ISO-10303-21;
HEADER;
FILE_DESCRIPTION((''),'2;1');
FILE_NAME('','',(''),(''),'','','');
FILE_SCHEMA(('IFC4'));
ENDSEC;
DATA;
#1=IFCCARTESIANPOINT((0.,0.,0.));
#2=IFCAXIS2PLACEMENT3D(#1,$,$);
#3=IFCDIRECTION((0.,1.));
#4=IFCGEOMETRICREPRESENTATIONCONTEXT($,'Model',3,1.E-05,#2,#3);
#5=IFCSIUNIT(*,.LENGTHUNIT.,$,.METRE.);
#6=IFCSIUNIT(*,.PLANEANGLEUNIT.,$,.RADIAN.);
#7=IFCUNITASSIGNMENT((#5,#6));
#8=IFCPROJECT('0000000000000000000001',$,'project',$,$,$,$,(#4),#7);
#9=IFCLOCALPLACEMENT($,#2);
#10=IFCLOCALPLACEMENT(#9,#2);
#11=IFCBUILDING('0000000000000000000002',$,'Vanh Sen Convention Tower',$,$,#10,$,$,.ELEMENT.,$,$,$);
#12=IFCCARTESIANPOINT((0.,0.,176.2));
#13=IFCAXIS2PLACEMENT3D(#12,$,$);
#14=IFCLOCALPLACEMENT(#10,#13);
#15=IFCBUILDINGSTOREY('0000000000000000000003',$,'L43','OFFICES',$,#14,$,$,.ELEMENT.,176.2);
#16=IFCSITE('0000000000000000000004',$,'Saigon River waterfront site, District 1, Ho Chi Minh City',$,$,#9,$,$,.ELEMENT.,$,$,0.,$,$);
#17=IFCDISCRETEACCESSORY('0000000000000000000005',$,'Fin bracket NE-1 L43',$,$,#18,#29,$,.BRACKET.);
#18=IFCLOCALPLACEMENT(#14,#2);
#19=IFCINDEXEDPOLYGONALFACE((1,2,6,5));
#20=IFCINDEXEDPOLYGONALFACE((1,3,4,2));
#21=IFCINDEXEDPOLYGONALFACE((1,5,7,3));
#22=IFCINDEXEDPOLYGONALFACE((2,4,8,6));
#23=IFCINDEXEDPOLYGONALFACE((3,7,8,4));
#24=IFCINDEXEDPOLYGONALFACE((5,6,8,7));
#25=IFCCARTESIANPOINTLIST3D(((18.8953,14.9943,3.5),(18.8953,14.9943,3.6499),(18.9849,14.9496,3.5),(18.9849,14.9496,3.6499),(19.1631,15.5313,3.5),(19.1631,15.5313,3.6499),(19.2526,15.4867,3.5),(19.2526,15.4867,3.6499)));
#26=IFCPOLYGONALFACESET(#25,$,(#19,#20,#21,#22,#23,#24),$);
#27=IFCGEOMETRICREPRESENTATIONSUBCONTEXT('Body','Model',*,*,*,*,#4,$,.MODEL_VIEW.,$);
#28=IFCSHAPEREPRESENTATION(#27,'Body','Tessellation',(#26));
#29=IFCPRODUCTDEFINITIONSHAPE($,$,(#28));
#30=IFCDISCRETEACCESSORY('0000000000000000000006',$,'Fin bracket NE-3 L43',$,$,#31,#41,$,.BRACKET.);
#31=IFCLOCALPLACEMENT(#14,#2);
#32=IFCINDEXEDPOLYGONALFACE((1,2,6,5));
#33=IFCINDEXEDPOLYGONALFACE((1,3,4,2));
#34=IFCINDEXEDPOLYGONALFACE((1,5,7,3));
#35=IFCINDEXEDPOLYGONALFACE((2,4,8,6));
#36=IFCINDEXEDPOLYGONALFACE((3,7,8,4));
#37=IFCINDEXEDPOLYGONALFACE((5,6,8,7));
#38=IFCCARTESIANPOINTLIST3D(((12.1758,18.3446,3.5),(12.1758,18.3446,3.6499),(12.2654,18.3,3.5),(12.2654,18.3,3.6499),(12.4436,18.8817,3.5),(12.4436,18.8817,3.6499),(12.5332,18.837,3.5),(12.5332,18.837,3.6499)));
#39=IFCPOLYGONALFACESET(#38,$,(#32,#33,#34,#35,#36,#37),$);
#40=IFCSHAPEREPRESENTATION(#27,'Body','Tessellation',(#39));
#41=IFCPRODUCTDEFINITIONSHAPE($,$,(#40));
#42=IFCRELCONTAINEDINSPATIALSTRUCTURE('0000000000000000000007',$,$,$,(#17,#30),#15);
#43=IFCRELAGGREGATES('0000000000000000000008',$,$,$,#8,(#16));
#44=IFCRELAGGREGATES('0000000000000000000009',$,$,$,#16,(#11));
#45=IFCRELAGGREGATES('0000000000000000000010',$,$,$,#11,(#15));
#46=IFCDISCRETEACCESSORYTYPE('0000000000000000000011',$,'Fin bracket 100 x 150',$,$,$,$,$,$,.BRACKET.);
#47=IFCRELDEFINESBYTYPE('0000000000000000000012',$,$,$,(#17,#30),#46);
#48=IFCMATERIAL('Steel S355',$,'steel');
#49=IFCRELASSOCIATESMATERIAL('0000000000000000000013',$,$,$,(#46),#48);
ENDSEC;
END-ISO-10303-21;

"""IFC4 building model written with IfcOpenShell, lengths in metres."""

from ifc_helpers import new_model, si_unit, direction, frame, origin, origin_2d, place, context, subcontext, project, spatial, rectangle, extrude, material, type_object, element, save


model = new_model("IFC4")

# Units and contexts
model_context = context("Model", 3, precision=1e-05, world=origin(), true_north=direction((0.0, 1.0)))
body_context = subcontext(model_context, "Body", "Model", "MODEL_VIEW")
ifc_project = project(units=[si_unit("LENGTHUNIT", "METRE"), si_unit("PLANEANGLEUNIT", "RADIAN")], contexts=[model_context])

# Site, building, storey
site_placement = place(None, origin())
site = spatial("IfcSite", under=ifc_project, at=site_placement, Name="Saigon River waterfront site, District 1, Ho Chi Minh City", CompositionType="ELEMENT", RefElevation=0.0)
building_placement = place(site_placement, origin())
building = spatial("IfcBuilding", under=site, at=building_placement, Name="Vanh Sen Convention Tower", CompositionType="ELEMENT")
storey_placement = place(building_placement, frame((0.0, 0.0, 176.2)))
storey = spatial("IfcBuildingStorey", under=building, at=storey_placement, Name="L43", Description="OFFICES", CompositionType="ELEMENT", Elevation=176.2)

# Discrete accessories
ifc_material_1 = material(Name="Steel S355", Category="steel")
discrete_accessory_type = type_object("IfcDiscreteAccessoryType", Name="Fin bracket 100 x 150", PredefinedType="BRACKET", material=ifc_material_1)
for number, where, z_axis, x_axis, name in (
    (1, (19.074, 15.2405, 3.5), (0.0, 0.0, 1.0), (0.446198, 0.894934, 0.0), "Fin bracket NE-1 L43"),
    (2, (12.3545, 18.5908, 3.5), (0.0, 0.0, 1.0), (0.446198, 0.894934, 0.0), "Fin bracket NE-3 L43"),
):
    element("IfcDiscreteAccessory", number, at=place(storey_placement, frame(where, z_axis=z_axis, x_axis=x_axis)), inside=storey, type_object=discrete_accessory_type, Name=name, PredefinedType="BRACKET", context=body_context, shape_type="SweptSolid", body=[
        extrude(rectangle(XDim=0.6001, YDim=0.1001, at=origin_2d()), origin(), (0.0, 0.0, 1.0), 0.1499),
    ])

save(model, "model.ifc")
